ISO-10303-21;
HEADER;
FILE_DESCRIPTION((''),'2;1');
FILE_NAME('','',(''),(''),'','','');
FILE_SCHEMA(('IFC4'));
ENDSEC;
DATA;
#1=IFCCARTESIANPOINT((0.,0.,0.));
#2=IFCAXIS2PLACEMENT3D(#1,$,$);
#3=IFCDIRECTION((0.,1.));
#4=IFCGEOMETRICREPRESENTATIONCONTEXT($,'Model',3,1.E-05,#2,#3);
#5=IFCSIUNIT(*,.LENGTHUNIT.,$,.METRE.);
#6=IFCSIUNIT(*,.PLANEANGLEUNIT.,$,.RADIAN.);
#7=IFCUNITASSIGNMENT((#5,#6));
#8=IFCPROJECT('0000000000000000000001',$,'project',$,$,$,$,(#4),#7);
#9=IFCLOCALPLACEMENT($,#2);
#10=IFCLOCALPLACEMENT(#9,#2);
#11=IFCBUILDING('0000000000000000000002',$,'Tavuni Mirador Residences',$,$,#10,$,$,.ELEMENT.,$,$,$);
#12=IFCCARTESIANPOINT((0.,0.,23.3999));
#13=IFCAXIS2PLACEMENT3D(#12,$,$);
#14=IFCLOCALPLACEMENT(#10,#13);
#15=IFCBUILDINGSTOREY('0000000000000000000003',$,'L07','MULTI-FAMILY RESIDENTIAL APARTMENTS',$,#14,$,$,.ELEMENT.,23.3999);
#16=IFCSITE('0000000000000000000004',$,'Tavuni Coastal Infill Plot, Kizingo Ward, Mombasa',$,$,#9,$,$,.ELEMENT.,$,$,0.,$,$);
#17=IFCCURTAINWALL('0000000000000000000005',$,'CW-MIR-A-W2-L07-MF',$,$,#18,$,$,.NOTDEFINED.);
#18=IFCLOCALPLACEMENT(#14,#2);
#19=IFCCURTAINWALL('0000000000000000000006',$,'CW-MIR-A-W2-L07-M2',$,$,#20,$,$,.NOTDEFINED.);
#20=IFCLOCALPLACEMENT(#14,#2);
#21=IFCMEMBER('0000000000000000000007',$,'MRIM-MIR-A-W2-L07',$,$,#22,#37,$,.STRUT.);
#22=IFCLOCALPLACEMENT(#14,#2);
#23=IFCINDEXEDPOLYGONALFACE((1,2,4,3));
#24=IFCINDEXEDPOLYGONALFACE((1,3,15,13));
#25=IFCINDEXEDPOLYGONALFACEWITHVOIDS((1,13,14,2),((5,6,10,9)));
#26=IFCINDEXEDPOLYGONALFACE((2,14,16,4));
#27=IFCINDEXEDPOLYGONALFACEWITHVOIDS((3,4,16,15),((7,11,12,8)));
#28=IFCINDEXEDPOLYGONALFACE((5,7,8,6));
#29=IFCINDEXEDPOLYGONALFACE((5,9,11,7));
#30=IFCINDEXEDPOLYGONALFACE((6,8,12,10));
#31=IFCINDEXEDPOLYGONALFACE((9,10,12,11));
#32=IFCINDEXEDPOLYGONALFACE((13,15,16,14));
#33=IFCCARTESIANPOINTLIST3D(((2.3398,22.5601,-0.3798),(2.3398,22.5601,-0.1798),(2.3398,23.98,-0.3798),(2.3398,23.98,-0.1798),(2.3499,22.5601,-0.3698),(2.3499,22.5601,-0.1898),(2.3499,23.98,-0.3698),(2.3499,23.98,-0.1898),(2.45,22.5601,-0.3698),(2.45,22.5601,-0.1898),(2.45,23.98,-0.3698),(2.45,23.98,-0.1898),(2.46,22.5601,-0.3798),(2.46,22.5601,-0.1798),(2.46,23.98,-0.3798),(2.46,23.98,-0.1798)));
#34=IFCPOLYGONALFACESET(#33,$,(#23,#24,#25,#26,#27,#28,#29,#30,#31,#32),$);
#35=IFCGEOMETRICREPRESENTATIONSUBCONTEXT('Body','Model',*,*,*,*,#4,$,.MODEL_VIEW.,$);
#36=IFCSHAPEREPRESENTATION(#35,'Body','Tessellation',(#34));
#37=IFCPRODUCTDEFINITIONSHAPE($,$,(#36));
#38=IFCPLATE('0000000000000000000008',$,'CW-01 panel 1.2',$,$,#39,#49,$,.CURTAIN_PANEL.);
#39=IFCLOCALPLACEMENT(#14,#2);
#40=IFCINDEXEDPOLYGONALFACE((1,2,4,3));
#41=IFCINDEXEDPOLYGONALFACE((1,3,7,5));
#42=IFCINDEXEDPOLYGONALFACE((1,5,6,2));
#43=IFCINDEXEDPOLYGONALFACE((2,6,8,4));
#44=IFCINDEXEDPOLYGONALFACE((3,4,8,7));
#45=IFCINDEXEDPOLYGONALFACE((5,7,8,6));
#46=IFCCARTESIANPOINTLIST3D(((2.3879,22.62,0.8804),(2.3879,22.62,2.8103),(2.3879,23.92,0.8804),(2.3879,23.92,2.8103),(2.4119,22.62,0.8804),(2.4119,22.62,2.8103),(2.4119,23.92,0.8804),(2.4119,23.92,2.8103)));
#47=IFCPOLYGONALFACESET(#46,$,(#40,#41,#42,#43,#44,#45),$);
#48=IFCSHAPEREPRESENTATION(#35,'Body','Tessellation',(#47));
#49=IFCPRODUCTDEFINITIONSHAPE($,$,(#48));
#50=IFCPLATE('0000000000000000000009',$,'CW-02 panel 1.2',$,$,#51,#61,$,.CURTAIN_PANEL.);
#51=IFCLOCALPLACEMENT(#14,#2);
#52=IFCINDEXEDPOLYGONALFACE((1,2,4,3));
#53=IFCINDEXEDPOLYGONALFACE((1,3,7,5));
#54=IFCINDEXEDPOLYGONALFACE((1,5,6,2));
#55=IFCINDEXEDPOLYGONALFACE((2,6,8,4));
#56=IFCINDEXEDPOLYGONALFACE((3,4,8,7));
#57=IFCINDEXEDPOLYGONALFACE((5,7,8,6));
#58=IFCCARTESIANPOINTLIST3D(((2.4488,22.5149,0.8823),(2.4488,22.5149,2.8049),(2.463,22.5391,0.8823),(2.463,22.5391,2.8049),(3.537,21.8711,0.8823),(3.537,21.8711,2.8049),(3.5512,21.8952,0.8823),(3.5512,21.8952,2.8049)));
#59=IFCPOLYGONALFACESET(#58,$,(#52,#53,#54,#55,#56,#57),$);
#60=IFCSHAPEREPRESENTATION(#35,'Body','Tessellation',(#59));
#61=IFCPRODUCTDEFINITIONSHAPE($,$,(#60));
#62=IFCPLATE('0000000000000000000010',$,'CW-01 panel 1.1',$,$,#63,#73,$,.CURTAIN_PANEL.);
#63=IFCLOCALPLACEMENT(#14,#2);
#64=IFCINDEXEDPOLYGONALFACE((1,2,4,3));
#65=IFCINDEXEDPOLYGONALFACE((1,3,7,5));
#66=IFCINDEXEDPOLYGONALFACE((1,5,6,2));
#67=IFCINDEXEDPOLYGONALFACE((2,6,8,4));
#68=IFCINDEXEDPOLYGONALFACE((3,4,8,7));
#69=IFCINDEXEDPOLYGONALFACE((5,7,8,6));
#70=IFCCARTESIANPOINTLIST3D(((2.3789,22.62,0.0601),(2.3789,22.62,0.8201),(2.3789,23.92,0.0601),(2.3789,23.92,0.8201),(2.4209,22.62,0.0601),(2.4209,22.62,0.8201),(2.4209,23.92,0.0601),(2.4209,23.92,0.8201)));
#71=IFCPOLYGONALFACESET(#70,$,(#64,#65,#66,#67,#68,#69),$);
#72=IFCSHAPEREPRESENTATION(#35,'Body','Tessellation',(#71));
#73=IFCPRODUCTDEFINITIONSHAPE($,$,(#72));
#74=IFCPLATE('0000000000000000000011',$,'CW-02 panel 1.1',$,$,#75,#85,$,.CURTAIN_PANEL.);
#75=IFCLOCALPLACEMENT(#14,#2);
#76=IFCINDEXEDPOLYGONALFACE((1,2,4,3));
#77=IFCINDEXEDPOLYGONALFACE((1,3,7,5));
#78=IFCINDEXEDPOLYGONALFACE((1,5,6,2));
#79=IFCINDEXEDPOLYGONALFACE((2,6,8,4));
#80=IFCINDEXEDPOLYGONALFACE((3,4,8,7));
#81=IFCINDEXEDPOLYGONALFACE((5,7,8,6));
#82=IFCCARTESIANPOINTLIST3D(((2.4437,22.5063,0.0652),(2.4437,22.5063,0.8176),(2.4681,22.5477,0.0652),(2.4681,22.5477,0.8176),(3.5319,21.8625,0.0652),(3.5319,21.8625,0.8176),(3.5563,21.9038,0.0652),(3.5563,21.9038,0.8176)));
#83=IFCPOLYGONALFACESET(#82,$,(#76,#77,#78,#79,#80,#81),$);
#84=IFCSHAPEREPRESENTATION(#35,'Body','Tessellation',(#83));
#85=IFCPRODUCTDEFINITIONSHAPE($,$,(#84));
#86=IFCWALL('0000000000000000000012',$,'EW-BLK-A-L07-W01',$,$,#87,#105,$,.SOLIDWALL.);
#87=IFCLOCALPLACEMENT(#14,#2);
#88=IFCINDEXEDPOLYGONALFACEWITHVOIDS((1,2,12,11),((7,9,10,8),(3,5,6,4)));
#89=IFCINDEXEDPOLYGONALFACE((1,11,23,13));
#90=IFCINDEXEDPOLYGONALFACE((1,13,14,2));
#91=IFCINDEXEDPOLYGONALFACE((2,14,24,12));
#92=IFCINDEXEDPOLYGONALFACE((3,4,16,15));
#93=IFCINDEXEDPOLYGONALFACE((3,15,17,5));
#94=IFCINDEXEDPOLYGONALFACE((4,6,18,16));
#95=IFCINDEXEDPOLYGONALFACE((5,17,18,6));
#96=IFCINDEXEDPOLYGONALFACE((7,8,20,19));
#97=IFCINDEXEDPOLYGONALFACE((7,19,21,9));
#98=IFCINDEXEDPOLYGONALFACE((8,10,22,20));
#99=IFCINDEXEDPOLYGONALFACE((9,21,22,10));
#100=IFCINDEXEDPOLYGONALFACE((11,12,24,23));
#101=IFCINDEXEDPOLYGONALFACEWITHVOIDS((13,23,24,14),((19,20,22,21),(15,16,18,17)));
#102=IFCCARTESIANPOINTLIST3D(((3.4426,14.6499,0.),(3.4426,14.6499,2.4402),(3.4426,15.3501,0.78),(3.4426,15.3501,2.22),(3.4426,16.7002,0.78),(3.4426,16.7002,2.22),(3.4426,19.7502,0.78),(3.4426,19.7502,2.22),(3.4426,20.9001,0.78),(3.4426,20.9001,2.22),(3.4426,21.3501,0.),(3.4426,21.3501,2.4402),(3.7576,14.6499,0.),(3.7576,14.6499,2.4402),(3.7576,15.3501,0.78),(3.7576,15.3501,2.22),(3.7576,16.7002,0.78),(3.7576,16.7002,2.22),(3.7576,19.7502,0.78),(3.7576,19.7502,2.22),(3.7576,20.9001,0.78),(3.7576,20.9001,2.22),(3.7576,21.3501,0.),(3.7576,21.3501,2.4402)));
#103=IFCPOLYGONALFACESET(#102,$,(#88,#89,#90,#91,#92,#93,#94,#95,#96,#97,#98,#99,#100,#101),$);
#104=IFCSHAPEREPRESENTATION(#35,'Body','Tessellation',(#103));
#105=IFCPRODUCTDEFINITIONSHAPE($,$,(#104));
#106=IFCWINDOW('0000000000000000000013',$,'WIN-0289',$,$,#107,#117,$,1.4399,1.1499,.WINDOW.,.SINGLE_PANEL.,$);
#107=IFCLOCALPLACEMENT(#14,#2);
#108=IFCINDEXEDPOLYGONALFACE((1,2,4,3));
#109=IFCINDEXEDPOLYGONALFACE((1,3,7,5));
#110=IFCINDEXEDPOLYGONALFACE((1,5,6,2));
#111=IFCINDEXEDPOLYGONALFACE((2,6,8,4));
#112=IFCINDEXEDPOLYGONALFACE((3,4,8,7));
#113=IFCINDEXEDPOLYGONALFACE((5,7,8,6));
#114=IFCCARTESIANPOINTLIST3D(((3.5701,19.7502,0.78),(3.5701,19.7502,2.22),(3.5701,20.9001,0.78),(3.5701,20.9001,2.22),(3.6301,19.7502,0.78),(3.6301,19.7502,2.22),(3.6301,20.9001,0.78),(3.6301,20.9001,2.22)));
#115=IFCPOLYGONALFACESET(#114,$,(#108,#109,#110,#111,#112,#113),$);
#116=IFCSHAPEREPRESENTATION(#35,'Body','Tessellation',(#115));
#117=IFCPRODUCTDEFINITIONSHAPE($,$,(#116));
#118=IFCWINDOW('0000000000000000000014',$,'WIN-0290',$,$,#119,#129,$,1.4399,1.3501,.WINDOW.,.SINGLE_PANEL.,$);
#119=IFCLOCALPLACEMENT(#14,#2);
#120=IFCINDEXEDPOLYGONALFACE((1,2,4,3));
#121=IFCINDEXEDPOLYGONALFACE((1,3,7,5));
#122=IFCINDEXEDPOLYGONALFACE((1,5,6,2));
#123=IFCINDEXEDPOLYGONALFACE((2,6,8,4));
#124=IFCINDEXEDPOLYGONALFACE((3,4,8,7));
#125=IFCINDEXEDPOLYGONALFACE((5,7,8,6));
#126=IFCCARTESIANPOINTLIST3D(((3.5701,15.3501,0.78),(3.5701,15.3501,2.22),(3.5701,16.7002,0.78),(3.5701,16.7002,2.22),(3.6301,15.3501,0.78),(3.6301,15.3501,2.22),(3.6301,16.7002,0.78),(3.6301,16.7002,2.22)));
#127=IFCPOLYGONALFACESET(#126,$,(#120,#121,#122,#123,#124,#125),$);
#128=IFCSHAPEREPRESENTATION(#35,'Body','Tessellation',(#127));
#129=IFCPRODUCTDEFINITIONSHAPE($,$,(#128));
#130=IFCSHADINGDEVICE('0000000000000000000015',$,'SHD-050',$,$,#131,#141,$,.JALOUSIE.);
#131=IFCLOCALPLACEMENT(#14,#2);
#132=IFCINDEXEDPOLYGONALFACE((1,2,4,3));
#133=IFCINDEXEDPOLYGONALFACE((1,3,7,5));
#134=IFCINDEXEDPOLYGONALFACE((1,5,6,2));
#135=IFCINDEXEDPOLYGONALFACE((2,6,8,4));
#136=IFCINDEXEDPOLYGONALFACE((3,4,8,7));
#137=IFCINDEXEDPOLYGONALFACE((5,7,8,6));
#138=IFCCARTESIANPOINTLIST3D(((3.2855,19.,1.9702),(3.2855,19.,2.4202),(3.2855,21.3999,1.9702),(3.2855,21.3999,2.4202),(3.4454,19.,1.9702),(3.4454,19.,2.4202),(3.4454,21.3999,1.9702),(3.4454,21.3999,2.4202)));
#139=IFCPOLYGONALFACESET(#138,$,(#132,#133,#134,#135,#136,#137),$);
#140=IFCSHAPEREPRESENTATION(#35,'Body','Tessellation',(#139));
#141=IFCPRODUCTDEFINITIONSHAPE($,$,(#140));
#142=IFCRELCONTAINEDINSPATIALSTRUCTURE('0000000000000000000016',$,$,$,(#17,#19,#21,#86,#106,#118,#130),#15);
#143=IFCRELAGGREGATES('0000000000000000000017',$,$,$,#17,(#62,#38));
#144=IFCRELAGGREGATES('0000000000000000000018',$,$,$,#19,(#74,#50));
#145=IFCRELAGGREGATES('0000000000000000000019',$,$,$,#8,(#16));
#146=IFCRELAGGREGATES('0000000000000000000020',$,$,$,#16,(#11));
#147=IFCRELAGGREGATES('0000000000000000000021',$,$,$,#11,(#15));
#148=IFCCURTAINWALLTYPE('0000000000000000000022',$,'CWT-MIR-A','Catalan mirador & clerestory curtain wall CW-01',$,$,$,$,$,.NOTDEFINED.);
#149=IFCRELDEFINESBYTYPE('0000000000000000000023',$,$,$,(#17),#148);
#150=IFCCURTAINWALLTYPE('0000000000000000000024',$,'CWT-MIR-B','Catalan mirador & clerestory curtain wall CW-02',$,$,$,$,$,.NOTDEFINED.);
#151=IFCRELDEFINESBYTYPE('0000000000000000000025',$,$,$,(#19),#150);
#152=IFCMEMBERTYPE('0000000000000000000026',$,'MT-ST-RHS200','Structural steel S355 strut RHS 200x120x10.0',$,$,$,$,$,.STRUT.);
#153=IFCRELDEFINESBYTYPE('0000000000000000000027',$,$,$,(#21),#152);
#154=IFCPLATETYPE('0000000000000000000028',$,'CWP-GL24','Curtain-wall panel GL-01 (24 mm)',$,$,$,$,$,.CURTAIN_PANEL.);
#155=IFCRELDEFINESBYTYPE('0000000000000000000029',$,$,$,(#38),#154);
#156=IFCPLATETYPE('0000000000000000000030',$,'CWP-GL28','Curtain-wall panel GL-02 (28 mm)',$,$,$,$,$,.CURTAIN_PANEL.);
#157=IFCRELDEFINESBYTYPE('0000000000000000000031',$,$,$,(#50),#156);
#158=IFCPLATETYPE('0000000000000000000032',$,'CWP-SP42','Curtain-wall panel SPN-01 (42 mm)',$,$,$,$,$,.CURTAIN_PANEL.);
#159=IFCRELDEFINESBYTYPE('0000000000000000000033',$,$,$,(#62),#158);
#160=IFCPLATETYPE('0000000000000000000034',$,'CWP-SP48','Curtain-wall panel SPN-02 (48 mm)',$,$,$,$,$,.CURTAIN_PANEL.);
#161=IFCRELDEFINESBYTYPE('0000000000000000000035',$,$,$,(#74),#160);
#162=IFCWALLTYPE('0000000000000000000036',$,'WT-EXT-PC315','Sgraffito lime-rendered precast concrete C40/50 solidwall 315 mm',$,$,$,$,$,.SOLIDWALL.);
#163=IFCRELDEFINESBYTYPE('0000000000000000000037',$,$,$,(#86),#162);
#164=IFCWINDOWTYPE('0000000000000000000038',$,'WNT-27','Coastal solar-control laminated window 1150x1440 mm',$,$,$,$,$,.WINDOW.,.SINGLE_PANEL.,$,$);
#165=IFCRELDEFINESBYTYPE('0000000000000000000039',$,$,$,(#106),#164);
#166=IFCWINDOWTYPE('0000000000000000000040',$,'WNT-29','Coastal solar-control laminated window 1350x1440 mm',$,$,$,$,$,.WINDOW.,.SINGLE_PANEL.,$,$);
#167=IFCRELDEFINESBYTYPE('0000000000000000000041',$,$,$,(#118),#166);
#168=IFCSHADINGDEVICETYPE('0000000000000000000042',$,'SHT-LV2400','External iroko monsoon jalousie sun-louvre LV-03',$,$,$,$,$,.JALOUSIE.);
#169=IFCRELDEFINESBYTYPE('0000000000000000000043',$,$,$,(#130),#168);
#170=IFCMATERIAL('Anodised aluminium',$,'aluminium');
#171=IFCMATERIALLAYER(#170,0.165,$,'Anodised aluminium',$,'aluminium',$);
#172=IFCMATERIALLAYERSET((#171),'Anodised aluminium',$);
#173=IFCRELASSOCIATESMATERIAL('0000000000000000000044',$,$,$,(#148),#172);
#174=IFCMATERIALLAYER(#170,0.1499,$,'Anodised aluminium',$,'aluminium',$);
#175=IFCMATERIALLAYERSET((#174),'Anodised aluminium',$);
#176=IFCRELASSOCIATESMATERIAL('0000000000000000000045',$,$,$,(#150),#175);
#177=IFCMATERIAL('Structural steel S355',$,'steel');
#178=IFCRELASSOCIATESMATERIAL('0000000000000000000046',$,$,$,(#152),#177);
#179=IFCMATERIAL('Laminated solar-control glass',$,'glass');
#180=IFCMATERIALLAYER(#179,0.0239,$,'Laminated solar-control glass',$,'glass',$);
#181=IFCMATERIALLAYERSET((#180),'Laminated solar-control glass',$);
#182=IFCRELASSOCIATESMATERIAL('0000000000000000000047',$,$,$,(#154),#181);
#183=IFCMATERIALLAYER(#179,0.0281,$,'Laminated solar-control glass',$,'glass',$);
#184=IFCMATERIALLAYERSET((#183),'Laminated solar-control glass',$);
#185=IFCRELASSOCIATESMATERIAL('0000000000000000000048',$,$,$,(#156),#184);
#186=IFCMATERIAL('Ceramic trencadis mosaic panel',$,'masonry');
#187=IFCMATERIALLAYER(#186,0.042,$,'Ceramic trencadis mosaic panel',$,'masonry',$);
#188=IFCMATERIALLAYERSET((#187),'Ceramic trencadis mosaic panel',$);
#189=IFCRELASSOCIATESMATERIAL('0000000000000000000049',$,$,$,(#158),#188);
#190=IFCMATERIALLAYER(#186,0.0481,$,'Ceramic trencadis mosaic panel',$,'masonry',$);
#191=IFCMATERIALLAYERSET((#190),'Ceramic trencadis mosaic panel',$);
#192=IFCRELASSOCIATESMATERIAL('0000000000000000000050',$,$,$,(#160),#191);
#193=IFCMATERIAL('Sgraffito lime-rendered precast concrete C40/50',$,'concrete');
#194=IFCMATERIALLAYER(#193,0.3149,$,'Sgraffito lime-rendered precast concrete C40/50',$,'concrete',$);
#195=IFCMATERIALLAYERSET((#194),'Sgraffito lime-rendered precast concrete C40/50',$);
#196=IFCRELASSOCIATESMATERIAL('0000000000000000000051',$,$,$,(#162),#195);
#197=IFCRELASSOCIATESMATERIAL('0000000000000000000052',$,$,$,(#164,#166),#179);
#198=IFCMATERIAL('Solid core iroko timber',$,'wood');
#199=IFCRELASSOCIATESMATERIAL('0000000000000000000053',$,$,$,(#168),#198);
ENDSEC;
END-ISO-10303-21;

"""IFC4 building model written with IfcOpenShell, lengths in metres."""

from ifc_helpers import new_model, si_unit, direction, frame, frame_2d, origin, origin_2d, place, context, subcontext, project, spatial, rectangle, hollow_rectangle, extrude, material, layer, layer_set, material_profile, profile_set, type_object, element, fill, aggregate, save


model = new_model("IFC4")

# Units and contexts
model_context = context("Model", 3, precision=1e-05, world=origin(), true_north=direction((0.0, 1.0)))
body_context = subcontext(model_context, "Body", "Model", "MODEL_VIEW")
ifc_project = project(units=[si_unit("LENGTHUNIT", "METRE"), si_unit("PLANEANGLEUNIT", "RADIAN")], contexts=[model_context])

# Site, building, storey
site_placement = place(None, origin())
site = spatial("IfcSite", under=ifc_project, at=site_placement, Name="Tavuni Coastal Infill Plot, Kizingo Ward, Mombasa", CompositionType="ELEMENT", RefElevation=0.0)
building_placement = place(site_placement, origin())
building = spatial("IfcBuilding", under=site, at=building_placement, Name="Tavuni Mirador Residences", CompositionType="ELEMENT")
storey_placement = place(building_placement, frame((0.0, 0.0, 23.3999)))
storey = spatial("IfcBuildingStorey", under=building, at=storey_placement, Name="L07", Description="MULTI-FAMILY RESIDENTIAL APARTMENTS", CompositionType="ELEMENT", Elevation=23.3999)

# Curtain wall
ifc_material_1 = material(Name="Anodised aluminium", Category="aluminium")
ifc_layer_1 = layer(ifc_material_1, 0.165, Name="Anodised aluminium", Category="aluminium")
ifc_layer_set_1 = layer_set([ifc_layer_1], Name="Anodised aluminium")
curtain_wall_type_1 = type_object("IfcCurtainWallType", Name="CWT-MIR-A", Description="Catalan mirador & clerestory curtain wall CW-01", PredefinedType="NOTDEFINED", material=ifc_layer_set_1)
curtain_wall_1_placement = place(storey_placement, origin())
curtain_wall_1 = element("IfcCurtainWall", 1, at=curtain_wall_1_placement, inside=storey, type_object=curtain_wall_type_1, Name="CW-MIR-A-W2-L07-MF", PredefinedType="NOTDEFINED")

# Curtain wall
ifc_layer_2 = layer(ifc_material_1, 0.1499, Name="Anodised aluminium", Category="aluminium")
ifc_layer_set_2 = layer_set([ifc_layer_2], Name="Anodised aluminium")
curtain_wall_type_2 = type_object("IfcCurtainWallType", Name="CWT-MIR-B", Description="Catalan mirador & clerestory curtain wall CW-02", PredefinedType="NOTDEFINED", material=ifc_layer_set_2)
curtain_wall_2_placement = place(storey_placement, origin())
curtain_wall_2 = element("IfcCurtainWall", 2, at=curtain_wall_2_placement, inside=storey, type_object=curtain_wall_type_2, Name="CW-MIR-A-W2-L07-M2", PredefinedType="NOTDEFINED")

# Member
ifc_material_2 = material(Name="Structural steel S355", Category="steel")
ifc_material_profile_1 = material_profile(ifc_material_2, hollow_rectangle(XDim=0.1201, YDim=0.2, WallThickness=0.01, at=origin_2d()), Name="RHS 200x120x10.0", Category="steel")
ifc_profile_set_1 = profile_set([ifc_material_profile_1], Name="Structural steel S355")
member_type_1 = type_object("IfcMemberType", Name="MT-ST-RHS200", Description="Structural steel S355 strut RHS 200x120x10.0", PredefinedType="STRUT", material=ifc_profile_set_1)
member_1_placement = place(storey_placement, frame((2.3999, 22.5601, -0.2798), z_axis=(0.0, 1.0, 0.0), x_axis=(-1.0, 0.0, 0.0)))
element("IfcMember", 3, at=member_1_placement, inside=storey, type_object=member_type_1, Name="MRIM-MIR-A-W2-L07", PredefinedType="STRUT", context=body_context, shape_type="SweptSolid", body=[
    extrude(hollow_rectangle(XDim=0.1201, YDim=0.2, WallThickness=0.01, at=origin_2d()), origin(), (0.0, 0.0, 1.0), 1.4199),
])

# Plates
ifc_material_3 = material(Name="Laminated solar-control glass", Category="glass")
ifc_layer_3 = layer(ifc_material_3, 0.0239, Name="Laminated solar-control glass", Category="glass")
ifc_layer_set_3 = layer_set([ifc_layer_3], Name="Laminated solar-control glass")
plate_type_1 = type_object("IfcPlateType", Name="CWP-GL24", Description="Curtain-wall panel GL-01 (24 mm)", PredefinedType="CURTAIN_PANEL", material=ifc_layer_set_3)
plate_1_placement = place(storey_placement, frame((2.3999, 23.27, 0.8804), z_axis=(0.0, 0.0, 1.0), x_axis=(0.0, -1.0, 0.0)))
plate_1 = element("IfcPlate", 4, at=plate_1_placement, type_object=plate_type_1, Name="CW-01 panel 1.2", PredefinedType="CURTAIN_PANEL", context=body_context, shape_type="SweptSolid", body=[
    extrude(rectangle(XDim=1.3, YDim=0.0239, at=origin_2d()), origin(), (0.0, 0.0, 1.0), 1.9299),
])
ifc_layer_4 = layer(ifc_material_3, 0.0281, Name="Laminated solar-control glass", Category="glass")
ifc_layer_set_4 = layer_set([ifc_layer_4], Name="Laminated solar-control glass")
plate_type_2 = type_object("IfcPlateType", Name="CWP-GL28", Description="Curtain-wall panel GL-02 (28 mm)", PredefinedType="CURTAIN_PANEL", material=ifc_layer_set_4)
plate_2_placement = place(storey_placement, frame((3.0, 22.2051, 0.8823), z_axis=(0.0, 0.0, 1.0), x_axis=(0.860641, -0.509212, 0.0)))
plate_2 = element("IfcPlate", 5, at=plate_2_placement, type_object=plate_type_2, Name="CW-02 panel 1.2", PredefinedType="CURTAIN_PANEL", context=body_context, shape_type="SweptSolid", body=[
    extrude(rectangle(XDim=1.2644, YDim=0.0281, at=origin_2d()), origin(), (0.0, 0.0, 1.0), 1.9226),
])
ifc_material_4 = material(Name="Ceramic trencadis mosaic panel", Category="masonry")
ifc_layer_5 = layer(ifc_material_4, 0.042, Name="Ceramic trencadis mosaic panel", Category="masonry")
ifc_layer_set_5 = layer_set([ifc_layer_5], Name="Ceramic trencadis mosaic panel")
plate_type_3 = type_object("IfcPlateType", Name="CWP-SP42", Description="Curtain-wall panel SPN-01 (42 mm)", PredefinedType="CURTAIN_PANEL", material=ifc_layer_set_5)
plate_3_placement = place(storey_placement, frame((2.3999, 23.27, 0.0601), z_axis=(0.0, 0.0, 1.0), x_axis=(0.0, -1.0, 0.0)))
plate_3 = element("IfcPlate", 6, at=plate_3_placement, type_object=plate_type_3, Name="CW-01 panel 1.1", PredefinedType="CURTAIN_PANEL", context=body_context, shape_type="SweptSolid", body=[
    extrude(rectangle(XDim=1.3, YDim=0.042, at=origin_2d()), origin(), (0.0, 0.0, 1.0), 0.76),
])
aggregate(curtain_wall_1, [plate_3, plate_1])
ifc_layer_6 = layer(ifc_material_4, 0.0481, Name="Ceramic trencadis mosaic panel", Category="masonry")
ifc_layer_set_6 = layer_set([ifc_layer_6], Name="Ceramic trencadis mosaic panel")
plate_type_4 = type_object("IfcPlateType", Name="CWP-SP48", Description="Curtain-wall panel SPN-02 (48 mm)", PredefinedType="CURTAIN_PANEL", material=ifc_layer_set_6)
plate_4_placement = place(storey_placement, frame((3.0, 22.2051, 0.0652), z_axis=(0.0, 0.0, 1.0), x_axis=(0.860641, -0.509212, 0.0)))
plate_4 = element("IfcPlate", 7, at=plate_4_placement, type_object=plate_type_4, Name="CW-02 panel 1.1", PredefinedType="CURTAIN_PANEL", context=body_context, shape_type="SweptSolid", body=[
    extrude(rectangle(XDim=1.2644, YDim=0.0481, at=origin_2d()), origin(), (0.0, 0.0, 1.0), 0.7524),
])
aggregate(curtain_wall_2, [plate_4, plate_2])

# Wall, openings, windows
ifc_material_5 = material(Name="Sgraffito lime-rendered precast concrete C40/50", Category="concrete")
ifc_layer_7 = layer(ifc_material_5, 0.3149, Name="Sgraffito lime-rendered precast concrete C40/50", Category="concrete")
ifc_layer_set_7 = layer_set([ifc_layer_7], Name="Sgraffito lime-rendered precast concrete C40/50")
wall_type = type_object("IfcWallType", Name="WT-EXT-PC315", Description="Sgraffito lime-rendered precast concrete C40/50 solidwall 315 mm", PredefinedType="SOLIDWALL", material=ifc_layer_set_7)
wall_placement = place(storey_placement, frame((3.6001, 21.3501, 0.0), z_axis=(0.0, 0.0, 1.0), x_axis=(0.0, -1.0, 0.0)))
wall = element("IfcWall", 8, at=wall_placement, inside=storey, type_object=wall_type, Name="EW-BLK-A-L07-W01", PredefinedType="SOLIDWALL", context=body_context, shape_type="SweptSolid", body=[
    extrude(rectangle(XDim=6.7002, YDim=0.3149, at=frame_2d((3.3501, 0.0))), origin(), (0.0, 0.0, 1.0), 2.4402),
])
opening_1_placement = place(wall_placement, frame((0.45, 0.0, 0.78)))
opening_1 = element("IfcOpeningElement", 9, at=opening_1_placement, cuts=wall, PredefinedType="OPENING", context=body_context, shape_type="SweptSolid", body=[
    extrude(rectangle(XDim=1.1499, YDim=1.4399, at=frame_2d((0.575, 0.72))), frame((0.0, 0.1675, 0.0), z_axis=(0.0, -1.0, 0.0), x_axis=(1.0, 0.0, 0.0)), (0.0, 0.0, 1.0), 0.335),
])
opening_2_placement = place(wall_placement, frame((4.6499, 0.0, 0.78)))
opening_2 = element("IfcOpeningElement", 10, at=opening_2_placement, cuts=wall, PredefinedType="OPENING", context=body_context, shape_type="SweptSolid", body=[
    extrude(rectangle(XDim=1.3501, YDim=1.4399, at=frame_2d((0.675, 0.72))), frame((0.0, 0.1675, 0.0), z_axis=(0.0, -1.0, 0.0), x_axis=(1.0, 0.0, 0.0)), (0.0, 0.0, 1.0), 0.335),
])
window_type_1 = type_object("IfcWindowType", Name="WNT-27", Description="Coastal solar-control laminated window 1150x1440 mm", PartitioningType="SINGLE_PANEL", PredefinedType="WINDOW", material=ifc_material_3)
window_1_placement = place(opening_1_placement, origin())
window_1 = element("IfcWindow", 11, at=window_1_placement, inside=storey, type_object=window_type_1, Name="WIN-0289", OverallHeight=1.4399, OverallWidth=1.1499, PartitioningType="SINGLE_PANEL", PredefinedType="WINDOW", context=body_context, shape_type="SweptSolid", body=[
    extrude(rectangle(XDim=1.1499, YDim=1.4399, at=frame_2d((0.575, 0.72))), frame((0.0, 0.03, 0.0), z_axis=(0.0, -1.0, 0.0), x_axis=(1.0, 0.0, 0.0)), (0.0, 0.0, 1.0), 0.0601),
])
fill(opening_1, window_1)
window_type_2 = type_object("IfcWindowType", Name="WNT-29", Description="Coastal solar-control laminated window 1350x1440 mm", PartitioningType="SINGLE_PANEL", PredefinedType="WINDOW", material=ifc_material_3)
window_2_placement = place(opening_2_placement, origin())
window_2 = element("IfcWindow", 12, at=window_2_placement, inside=storey, type_object=window_type_2, Name="WIN-0290", OverallHeight=1.4399, OverallWidth=1.3501, PartitioningType="SINGLE_PANEL", PredefinedType="WINDOW", context=body_context, shape_type="SweptSolid", body=[
    extrude(rectangle(XDim=1.3501, YDim=1.4399, at=frame_2d((0.675, 0.72))), frame((0.0, 0.03, 0.0), z_axis=(0.0, -1.0, 0.0), x_axis=(1.0, 0.0, 0.0)), (0.0, 0.0, 1.0), 0.0601),
])
fill(opening_2, window_2)

# Shading device
ifc_material_6 = material(Name="Solid core iroko timber", Category="wood")
shading_device_type = type_object("IfcShadingDeviceType", Name="SHT-LV2400", Description="External iroko monsoon jalousie sun-louvre LV-03", PredefinedType="JALOUSIE", material=ifc_material_6)
shading_device_placement = place(storey_placement, frame((3.3655, 20.2, 1.9702), z_axis=(0.0, 0.0, 1.0), x_axis=(0.0, -1.0, 0.0)))
element("IfcShadingDevice", 13, at=shading_device_placement, inside=storey, type_object=shading_device_type, Name="SHD-050", PredefinedType="JALOUSIE", context=body_context, shape_type="SweptSolid", body=[
    extrude(rectangle(XDim=2.3999, YDim=0.1599, at=origin_2d()), origin(), (0.0, 0.0, 1.0), 0.45),
])

save(model, "model.ifc")
